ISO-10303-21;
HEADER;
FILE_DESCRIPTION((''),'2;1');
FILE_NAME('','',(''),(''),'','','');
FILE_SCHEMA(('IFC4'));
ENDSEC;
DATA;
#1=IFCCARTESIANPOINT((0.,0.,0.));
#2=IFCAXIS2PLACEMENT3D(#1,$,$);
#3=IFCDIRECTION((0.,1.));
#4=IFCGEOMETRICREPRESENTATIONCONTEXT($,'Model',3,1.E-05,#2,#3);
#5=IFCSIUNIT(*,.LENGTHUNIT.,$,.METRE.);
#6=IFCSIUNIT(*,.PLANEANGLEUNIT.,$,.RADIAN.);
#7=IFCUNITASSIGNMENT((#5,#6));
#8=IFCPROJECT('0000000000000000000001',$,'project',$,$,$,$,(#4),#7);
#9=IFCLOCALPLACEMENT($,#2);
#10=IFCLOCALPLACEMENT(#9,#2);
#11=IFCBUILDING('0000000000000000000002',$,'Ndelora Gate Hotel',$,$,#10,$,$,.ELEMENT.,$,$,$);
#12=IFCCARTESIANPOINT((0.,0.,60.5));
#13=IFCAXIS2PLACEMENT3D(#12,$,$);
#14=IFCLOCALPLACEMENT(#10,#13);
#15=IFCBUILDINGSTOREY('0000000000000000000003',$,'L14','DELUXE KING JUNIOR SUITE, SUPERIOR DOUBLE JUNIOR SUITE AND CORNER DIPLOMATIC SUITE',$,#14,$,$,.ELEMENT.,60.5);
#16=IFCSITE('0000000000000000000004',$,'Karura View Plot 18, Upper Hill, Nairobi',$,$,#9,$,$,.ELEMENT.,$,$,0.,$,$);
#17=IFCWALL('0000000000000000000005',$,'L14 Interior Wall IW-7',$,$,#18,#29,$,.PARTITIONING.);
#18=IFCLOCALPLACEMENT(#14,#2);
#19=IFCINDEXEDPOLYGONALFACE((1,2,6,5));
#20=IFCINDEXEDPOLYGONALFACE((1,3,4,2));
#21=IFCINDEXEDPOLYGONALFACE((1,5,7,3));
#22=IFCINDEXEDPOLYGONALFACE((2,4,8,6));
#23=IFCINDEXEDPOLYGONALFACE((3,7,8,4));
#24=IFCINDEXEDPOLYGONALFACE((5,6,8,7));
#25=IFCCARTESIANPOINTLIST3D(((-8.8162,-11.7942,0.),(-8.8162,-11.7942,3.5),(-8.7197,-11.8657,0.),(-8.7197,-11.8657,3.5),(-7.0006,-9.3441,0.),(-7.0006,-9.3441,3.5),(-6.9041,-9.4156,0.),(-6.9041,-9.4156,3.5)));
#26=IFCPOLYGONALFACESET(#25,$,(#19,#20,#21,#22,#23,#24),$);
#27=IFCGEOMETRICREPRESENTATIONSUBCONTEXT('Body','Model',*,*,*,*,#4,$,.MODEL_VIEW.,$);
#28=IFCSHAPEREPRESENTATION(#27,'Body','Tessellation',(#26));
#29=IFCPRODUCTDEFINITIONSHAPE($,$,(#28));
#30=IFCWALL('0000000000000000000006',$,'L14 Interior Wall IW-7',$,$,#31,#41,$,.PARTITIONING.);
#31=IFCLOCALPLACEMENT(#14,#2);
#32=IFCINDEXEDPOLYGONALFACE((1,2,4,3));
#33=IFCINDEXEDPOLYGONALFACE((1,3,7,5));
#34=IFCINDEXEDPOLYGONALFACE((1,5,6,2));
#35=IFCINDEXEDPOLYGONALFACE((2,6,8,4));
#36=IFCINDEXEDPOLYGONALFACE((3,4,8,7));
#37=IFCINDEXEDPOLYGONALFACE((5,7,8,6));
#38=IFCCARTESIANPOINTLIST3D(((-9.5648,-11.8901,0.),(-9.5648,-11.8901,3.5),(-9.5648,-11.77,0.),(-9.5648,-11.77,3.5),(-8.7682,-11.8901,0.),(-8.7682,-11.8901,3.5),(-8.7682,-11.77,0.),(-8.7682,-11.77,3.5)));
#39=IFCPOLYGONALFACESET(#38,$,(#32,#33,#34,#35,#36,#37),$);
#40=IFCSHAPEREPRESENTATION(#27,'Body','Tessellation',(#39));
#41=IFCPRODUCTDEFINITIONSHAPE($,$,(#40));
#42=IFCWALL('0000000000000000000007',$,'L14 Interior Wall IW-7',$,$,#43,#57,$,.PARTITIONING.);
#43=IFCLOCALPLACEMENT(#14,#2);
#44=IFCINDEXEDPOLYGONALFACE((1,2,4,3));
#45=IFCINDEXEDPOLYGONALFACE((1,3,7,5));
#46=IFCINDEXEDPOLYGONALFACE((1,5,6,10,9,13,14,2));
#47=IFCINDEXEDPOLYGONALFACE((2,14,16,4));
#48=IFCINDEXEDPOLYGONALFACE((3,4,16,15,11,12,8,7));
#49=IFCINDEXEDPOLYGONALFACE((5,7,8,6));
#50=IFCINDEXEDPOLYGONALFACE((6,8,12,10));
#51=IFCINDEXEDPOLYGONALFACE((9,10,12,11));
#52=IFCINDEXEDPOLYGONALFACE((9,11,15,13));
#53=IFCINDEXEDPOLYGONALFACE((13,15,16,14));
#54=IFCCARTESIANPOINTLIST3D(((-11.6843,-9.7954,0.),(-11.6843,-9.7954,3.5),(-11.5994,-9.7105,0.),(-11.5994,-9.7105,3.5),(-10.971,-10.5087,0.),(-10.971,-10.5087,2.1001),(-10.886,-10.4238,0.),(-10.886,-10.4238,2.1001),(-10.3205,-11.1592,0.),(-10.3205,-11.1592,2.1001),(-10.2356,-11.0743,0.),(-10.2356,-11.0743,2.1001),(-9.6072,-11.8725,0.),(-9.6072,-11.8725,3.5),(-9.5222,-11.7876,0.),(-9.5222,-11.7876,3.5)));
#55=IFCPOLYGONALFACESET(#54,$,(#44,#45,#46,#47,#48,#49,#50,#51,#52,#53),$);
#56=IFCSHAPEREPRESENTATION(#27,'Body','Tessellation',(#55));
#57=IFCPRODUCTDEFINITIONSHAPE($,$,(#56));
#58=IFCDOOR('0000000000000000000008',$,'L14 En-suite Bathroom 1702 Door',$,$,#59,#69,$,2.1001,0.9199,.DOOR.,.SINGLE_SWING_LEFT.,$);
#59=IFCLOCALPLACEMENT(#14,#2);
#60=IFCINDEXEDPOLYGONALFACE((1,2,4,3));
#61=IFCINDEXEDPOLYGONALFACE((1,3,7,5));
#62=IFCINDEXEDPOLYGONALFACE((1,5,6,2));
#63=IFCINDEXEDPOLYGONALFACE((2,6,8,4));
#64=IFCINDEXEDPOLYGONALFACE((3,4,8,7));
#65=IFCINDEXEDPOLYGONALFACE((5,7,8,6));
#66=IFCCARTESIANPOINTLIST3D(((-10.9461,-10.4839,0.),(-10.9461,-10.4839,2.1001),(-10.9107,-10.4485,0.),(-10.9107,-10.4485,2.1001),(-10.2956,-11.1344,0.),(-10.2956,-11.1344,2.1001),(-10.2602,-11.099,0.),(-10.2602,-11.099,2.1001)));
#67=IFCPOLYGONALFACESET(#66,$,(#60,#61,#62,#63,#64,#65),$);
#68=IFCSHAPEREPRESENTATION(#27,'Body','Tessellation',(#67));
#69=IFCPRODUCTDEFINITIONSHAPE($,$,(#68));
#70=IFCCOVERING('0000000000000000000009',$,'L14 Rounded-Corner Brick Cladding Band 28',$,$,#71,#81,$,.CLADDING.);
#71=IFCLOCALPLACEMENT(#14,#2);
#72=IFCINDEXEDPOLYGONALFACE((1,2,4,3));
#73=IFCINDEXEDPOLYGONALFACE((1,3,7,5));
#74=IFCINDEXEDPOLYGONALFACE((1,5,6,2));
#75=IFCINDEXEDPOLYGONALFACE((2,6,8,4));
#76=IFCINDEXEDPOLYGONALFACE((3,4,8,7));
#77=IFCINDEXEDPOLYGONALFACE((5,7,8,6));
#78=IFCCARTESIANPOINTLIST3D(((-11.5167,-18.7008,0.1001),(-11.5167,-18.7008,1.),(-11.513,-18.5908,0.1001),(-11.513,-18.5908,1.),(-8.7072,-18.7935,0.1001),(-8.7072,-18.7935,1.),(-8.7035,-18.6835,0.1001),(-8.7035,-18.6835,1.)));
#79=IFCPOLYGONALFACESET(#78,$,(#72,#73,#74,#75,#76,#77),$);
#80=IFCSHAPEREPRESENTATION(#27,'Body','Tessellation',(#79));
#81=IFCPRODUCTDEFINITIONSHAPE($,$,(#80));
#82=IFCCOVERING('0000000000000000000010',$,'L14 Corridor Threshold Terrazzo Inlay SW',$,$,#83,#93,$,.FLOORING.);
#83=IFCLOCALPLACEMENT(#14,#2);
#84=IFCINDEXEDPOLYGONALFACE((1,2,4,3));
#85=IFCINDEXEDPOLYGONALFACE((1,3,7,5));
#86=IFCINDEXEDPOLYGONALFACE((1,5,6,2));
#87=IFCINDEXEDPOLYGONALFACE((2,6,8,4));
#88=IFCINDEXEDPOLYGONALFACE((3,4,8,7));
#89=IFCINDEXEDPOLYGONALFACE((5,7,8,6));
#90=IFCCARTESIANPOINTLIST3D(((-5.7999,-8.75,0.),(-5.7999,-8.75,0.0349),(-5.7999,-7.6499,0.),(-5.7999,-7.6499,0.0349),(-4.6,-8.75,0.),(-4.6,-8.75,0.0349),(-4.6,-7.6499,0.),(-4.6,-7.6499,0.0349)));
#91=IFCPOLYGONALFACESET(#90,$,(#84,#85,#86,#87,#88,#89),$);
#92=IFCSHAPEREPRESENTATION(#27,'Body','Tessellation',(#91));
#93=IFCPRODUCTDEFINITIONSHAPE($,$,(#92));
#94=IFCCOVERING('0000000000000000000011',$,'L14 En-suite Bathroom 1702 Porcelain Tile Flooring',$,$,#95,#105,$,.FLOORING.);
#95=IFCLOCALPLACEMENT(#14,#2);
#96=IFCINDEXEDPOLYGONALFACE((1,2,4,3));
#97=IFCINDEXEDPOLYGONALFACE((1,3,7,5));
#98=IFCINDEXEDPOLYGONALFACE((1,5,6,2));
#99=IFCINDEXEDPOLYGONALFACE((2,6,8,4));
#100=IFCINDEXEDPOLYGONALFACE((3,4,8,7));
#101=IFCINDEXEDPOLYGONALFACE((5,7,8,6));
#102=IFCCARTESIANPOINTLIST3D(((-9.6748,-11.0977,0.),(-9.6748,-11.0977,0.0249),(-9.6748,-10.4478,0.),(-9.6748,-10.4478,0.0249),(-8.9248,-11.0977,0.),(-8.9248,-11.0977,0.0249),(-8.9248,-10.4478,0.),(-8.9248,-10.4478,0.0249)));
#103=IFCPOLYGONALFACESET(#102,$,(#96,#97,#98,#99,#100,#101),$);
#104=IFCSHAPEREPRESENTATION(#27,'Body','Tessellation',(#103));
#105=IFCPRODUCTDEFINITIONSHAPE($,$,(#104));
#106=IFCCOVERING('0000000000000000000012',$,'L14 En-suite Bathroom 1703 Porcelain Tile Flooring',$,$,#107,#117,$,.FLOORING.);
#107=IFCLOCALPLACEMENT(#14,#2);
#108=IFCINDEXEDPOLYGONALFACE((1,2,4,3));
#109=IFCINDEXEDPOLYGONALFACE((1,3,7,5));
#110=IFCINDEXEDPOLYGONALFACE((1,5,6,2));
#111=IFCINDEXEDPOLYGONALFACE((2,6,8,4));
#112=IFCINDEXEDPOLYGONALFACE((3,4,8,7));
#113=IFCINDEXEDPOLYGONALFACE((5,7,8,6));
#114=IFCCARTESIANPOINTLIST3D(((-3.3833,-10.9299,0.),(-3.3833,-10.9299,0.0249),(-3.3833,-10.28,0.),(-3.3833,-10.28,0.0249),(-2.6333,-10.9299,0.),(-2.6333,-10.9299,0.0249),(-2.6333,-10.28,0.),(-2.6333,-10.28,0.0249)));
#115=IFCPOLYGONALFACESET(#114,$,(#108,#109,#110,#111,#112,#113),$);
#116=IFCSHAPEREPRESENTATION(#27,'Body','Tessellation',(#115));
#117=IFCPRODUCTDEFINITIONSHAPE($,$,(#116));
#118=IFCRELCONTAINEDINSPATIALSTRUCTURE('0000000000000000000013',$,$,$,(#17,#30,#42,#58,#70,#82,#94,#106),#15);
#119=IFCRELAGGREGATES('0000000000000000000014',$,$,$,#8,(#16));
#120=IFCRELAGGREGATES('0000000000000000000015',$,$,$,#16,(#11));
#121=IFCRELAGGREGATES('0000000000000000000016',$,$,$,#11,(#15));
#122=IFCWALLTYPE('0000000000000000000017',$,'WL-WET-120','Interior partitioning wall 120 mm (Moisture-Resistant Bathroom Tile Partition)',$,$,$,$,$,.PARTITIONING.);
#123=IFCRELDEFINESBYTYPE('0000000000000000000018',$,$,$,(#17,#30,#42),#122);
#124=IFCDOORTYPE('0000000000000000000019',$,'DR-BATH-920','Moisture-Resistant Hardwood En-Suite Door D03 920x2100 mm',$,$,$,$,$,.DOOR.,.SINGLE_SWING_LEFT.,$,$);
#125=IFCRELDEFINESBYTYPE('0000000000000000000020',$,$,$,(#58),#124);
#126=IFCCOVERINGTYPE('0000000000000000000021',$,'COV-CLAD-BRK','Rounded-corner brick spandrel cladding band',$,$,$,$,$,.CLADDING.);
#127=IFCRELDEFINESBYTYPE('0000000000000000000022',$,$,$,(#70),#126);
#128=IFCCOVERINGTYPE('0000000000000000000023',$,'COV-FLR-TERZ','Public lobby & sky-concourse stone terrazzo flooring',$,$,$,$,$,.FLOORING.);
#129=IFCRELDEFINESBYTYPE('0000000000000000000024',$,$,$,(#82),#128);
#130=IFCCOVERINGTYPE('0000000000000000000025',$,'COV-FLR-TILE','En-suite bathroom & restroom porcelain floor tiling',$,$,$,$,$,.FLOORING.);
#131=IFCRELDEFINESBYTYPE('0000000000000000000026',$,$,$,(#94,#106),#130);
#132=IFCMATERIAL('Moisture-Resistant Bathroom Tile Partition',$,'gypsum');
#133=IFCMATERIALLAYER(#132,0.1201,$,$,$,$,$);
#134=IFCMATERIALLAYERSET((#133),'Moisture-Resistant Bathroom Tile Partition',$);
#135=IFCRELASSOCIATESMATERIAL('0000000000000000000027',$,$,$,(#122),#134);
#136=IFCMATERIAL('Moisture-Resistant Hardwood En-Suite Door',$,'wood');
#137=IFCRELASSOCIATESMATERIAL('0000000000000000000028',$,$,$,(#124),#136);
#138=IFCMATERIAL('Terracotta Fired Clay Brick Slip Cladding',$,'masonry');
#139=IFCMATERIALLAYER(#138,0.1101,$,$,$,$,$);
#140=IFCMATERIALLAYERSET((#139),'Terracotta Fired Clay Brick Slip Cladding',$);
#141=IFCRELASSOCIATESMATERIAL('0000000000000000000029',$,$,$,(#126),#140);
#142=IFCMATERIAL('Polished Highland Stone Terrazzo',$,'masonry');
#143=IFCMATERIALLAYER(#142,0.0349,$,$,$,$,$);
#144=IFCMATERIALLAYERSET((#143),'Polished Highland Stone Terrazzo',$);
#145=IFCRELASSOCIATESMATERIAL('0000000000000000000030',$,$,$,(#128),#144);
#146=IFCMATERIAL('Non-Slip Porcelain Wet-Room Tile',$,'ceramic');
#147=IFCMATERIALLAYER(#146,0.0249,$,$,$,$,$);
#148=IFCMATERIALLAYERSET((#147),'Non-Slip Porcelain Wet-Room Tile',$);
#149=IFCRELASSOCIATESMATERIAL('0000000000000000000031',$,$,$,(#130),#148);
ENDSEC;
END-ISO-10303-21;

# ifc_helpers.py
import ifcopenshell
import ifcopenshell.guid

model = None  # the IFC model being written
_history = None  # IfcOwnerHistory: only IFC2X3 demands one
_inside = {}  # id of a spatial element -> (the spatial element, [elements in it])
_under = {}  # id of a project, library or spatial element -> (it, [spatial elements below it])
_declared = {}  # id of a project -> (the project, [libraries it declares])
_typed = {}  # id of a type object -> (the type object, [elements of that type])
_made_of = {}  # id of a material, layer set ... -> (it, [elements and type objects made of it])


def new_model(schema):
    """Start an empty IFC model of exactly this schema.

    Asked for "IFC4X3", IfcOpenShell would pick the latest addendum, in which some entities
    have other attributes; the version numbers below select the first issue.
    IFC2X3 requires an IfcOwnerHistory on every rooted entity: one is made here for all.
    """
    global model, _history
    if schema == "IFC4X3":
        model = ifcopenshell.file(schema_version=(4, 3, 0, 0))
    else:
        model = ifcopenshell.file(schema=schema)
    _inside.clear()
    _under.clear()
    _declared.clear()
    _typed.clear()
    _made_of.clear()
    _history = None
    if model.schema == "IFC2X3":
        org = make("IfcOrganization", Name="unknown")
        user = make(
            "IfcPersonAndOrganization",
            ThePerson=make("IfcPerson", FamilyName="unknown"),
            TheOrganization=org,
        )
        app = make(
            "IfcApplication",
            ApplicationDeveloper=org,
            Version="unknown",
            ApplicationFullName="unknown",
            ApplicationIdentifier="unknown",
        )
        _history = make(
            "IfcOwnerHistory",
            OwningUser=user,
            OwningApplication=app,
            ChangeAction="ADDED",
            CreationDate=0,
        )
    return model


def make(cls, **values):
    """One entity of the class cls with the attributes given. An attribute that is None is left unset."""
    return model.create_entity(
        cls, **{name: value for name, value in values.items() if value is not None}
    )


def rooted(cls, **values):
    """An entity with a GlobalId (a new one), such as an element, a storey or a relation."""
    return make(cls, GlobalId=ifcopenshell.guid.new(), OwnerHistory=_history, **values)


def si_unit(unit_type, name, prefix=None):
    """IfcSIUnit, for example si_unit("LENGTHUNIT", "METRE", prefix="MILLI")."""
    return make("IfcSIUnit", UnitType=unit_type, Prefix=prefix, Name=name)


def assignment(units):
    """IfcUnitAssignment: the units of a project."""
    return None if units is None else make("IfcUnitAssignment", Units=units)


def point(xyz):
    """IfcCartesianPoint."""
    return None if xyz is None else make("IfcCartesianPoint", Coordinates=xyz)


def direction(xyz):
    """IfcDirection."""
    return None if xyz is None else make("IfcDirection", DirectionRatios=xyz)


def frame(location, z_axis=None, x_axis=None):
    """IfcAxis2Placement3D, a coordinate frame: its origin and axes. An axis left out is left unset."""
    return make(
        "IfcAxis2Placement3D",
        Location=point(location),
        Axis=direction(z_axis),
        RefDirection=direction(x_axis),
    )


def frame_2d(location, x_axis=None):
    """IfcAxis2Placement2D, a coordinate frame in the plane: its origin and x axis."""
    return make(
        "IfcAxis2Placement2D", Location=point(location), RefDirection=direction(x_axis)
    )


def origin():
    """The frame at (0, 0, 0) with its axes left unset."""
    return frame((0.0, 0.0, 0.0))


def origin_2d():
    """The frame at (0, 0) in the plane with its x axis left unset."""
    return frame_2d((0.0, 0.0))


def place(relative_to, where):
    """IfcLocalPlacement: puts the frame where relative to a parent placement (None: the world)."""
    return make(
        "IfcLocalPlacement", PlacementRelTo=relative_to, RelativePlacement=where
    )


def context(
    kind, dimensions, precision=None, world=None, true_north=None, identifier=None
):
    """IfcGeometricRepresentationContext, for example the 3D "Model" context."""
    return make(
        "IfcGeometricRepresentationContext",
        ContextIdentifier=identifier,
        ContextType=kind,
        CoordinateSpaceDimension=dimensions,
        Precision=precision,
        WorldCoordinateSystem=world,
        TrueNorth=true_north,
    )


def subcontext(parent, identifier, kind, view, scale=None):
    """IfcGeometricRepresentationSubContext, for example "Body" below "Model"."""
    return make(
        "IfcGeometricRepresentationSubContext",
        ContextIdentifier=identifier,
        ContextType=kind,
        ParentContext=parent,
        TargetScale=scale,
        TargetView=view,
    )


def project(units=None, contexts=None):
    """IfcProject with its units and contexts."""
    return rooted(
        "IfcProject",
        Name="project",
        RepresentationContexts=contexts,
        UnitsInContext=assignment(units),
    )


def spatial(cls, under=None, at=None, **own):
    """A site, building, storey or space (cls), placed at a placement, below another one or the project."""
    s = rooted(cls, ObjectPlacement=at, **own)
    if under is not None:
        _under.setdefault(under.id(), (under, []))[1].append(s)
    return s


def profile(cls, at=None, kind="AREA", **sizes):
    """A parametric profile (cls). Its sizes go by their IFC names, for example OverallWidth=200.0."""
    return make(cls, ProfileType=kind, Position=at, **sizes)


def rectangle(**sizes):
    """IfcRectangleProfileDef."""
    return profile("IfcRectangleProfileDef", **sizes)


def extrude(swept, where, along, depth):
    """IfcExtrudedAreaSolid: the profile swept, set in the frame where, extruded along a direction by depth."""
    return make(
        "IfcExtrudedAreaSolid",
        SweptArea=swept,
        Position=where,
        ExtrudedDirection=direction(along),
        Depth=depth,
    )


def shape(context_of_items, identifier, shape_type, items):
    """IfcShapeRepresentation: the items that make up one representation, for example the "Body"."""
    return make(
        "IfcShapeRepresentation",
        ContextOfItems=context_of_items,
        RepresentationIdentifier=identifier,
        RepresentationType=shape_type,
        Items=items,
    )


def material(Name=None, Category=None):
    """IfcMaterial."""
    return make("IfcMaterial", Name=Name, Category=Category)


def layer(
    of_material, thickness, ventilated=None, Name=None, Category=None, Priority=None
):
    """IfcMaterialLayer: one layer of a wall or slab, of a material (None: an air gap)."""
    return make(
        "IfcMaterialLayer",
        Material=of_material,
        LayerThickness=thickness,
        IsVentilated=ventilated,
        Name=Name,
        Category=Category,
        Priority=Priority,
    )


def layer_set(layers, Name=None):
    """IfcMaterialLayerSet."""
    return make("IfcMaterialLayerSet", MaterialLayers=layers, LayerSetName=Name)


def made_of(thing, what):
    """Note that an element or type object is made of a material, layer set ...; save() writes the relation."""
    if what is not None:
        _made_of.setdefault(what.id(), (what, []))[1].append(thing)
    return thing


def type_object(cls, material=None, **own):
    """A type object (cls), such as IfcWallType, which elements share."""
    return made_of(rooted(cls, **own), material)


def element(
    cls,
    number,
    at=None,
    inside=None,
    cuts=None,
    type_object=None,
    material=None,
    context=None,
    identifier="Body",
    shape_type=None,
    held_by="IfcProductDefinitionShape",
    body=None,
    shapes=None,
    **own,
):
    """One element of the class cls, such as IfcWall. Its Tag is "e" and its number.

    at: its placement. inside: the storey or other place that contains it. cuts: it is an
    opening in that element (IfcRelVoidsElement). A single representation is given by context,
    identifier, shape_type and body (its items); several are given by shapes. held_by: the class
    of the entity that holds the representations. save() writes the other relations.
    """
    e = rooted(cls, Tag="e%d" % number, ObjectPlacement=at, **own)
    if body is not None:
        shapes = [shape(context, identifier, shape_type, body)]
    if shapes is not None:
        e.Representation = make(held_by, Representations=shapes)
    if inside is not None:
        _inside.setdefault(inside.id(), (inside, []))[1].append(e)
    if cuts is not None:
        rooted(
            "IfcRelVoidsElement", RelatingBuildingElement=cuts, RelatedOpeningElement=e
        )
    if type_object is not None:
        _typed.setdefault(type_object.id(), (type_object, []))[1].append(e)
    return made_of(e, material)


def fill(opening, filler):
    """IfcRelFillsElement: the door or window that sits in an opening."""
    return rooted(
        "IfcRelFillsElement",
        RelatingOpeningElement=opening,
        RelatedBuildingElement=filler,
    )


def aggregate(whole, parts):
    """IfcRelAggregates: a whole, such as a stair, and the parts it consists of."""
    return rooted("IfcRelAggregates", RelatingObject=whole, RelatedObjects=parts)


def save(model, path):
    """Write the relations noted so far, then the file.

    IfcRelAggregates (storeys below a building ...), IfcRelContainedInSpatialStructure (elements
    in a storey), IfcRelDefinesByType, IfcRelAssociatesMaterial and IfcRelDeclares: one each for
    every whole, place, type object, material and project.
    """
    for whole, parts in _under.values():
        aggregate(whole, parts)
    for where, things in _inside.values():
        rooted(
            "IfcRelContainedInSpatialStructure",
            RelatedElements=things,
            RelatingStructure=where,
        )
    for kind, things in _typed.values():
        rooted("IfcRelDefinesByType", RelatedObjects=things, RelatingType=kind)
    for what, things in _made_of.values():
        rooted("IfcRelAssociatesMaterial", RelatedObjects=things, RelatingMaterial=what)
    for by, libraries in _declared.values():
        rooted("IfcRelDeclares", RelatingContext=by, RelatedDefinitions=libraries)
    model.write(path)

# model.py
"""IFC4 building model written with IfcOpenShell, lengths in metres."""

from ifc_helpers import new_model, si_unit, direction, frame, frame_2d, origin, origin_2d, place, context, subcontext, project, spatial, rectangle, extrude, material, layer, layer_set, type_object, element, fill, save


model = new_model("IFC4")

# Units and contexts
model_context = context("Model", 3, precision=1e-05, world=origin(), true_north=direction((0.0, 1.0)))
body_context = subcontext(model_context, "Body", "Model", "MODEL_VIEW")
ifc_project = project(units=[si_unit("LENGTHUNIT", "METRE"), si_unit("PLANEANGLEUNIT", "RADIAN")], contexts=[model_context])

# Site, building, storey
site_placement = place(None, origin())
site = spatial("IfcSite", under=ifc_project, at=site_placement, Name="Karura View Plot 18, Upper Hill, Nairobi", CompositionType="ELEMENT", RefElevation=0.0)
building_placement = place(site_placement, origin())
building = spatial("IfcBuilding", under=site, at=building_placement, Name="Ndelora Gate Hotel", CompositionType="ELEMENT")
storey_placement = place(building_placement, frame((0.0, 0.0, 60.5)))
storey = spatial("IfcBuildingStorey", under=building, at=storey_placement, Name="L14", Description="DELUXE KING JUNIOR SUITE, SUPERIOR DOUBLE JUNIOR SUITE AND CORNER DIPLOMATIC SUITE", CompositionType="ELEMENT", Elevation=60.5)

# Walls
ifc_material_1 = material(Name="Moisture-Resistant Bathroom Tile Partition", Category="gypsum")
ifc_layer_1 = layer(ifc_material_1, 0.1201)
ifc_layer_set_1 = layer_set([ifc_layer_1], Name="Moisture-Resistant Bathroom Tile Partition")
wall_type_1 = type_object("IfcWallType", Name="WL-WET-120", Description="Interior partitioning wall 120 mm (Moisture-Resistant Bathroom Tile Partition)", PredefinedType="PARTITIONING", material=ifc_layer_set_1)
wall_1_placement = place(storey_placement, frame((-8.7681, -11.8301, 0.0), z_axis=(0.0, 0.0, 1.0), x_axis=(0.595379, 0.803445, 0.0)))
element("IfcWall", 1, at=wall_1_placement, inside=storey, type_object=wall_type_1, Name="L14 Interior Wall IW-7", PredefinedType="PARTITIONING", context=body_context, shape_type="SweptSolid", body=[
    extrude(rectangle(XDim=3.0496, YDim=0.1201, at=frame_2d((1.5249, 0.0))), origin(), (0.0, 0.0, 1.0), 3.5),
])
wall_2_placement = place(storey_placement, frame((-8.7681, -11.8301, 0.0), z_axis=(0.0, 0.0, 1.0), x_axis=(-1.0, 0.0, 0.0)))
element("IfcWall", 2, at=wall_2_placement, inside=storey, type_object=wall_type_1, Name="L14 Interior Wall IW-7", PredefinedType="PARTITIONING", context=body_context, shape_type="SweptSolid", body=[
    extrude(rectangle(XDim=0.7966, YDim=0.1201, at=frame_2d((0.3984, 0.0))), origin(), (0.0, 0.0, 1.0), 3.5),
])

# Wall, opening, door
wall_3_placement = place(storey_placement, frame((-9.5647, -11.8301, 0.0), z_axis=(0.0, 0.0, 1.0), x_axis=(-0.707107, 0.707107, 0.0)))
wall_3 = element("IfcWall", 3, at=wall_3_placement, inside=storey, type_object=wall_type_1, Name="L14 Interior Wall IW-7", PredefinedType="PARTITIONING", context=body_context, shape_type="SweptSolid", body=[
    extrude(rectangle(XDim=2.9375, YDim=0.1201, at=frame_2d((1.4688, 0.0))), origin(), (0.0, 0.0, 1.0), 3.5),
])
opening_1_placement = place(wall_3_placement, frame((1.0088, 0.0, 0.0)))
opening_1 = element("IfcOpeningElement", 4, at=opening_1_placement, cuts=wall_3, PredefinedType="OPENING", context=body_context, shape_type="SweptSolid", body=[
    extrude(rectangle(XDim=0.9199, YDim=2.1001, at=frame_2d((0.46, 1.05))), frame((0.0, 0.0701, 0.0), z_axis=(0.0, -1.0, 0.0), x_axis=(1.0, 0.0, 0.0)), (0.0, 0.0, 1.0), 0.1401),
])
ifc_material_2 = material(Name="Moisture-Resistant Hardwood En-Suite Door", Category="wood")
door_type_1 = type_object("IfcDoorType", Name="DR-BATH-920", Description="Moisture-Resistant Hardwood En-Suite Door D03 920x2100 mm", OperationType="SINGLE_SWING_LEFT", PredefinedType="DOOR", material=ifc_material_2)
door_1_placement = place(opening_1_placement, origin())
door_1 = element("IfcDoor", 5, at=door_1_placement, inside=storey, type_object=door_type_1, Name="L14 En-suite Bathroom 1702 Door", OperationType="SINGLE_SWING_LEFT", OverallHeight=2.1001, OverallWidth=0.9199, PredefinedType="DOOR", context=body_context, shape_type="SweptSolid", body=[
    extrude(rectangle(XDim=0.9199, YDim=2.1001, at=frame_2d((0.46, 1.05))), frame((0.0, 0.0249, 0.0), z_axis=(0.0, -1.0, 0.0), x_axis=(1.0, 0.0, 0.0)), (0.0, 0.0, 1.0), 0.05),
])
fill(opening_1, door_1)

# Coverings
ifc_material_3 = material(Name="Terracotta Fired Clay Brick Slip Cladding", Category="masonry")
ifc_layer_2 = layer(ifc_material_3, 0.1101)
ifc_layer_set_2 = layer_set([ifc_layer_2], Name="Terracotta Fired Clay Brick Slip Cladding")
covering_type_1 = type_object("IfcCoveringType", Name="COV-CLAD-BRK", Description="Rounded-corner brick spandrel cladding band", PredefinedType="CLADDING", material=ifc_layer_set_2)
covering_1_placement = place(storey_placement, frame((-10.1101, -18.6921, 0.1001), z_axis=(0.0, 0.0, 1.0), x_axis=(-0.999456, 0.032981, 0.0)))
element("IfcCovering", 6, at=covering_1_placement, inside=storey, type_object=covering_type_1, Name="L14 Rounded-Corner Brick Cladding Band 28", PredefinedType="CLADDING", context=body_context, shape_type="SweptSolid", body=[
    extrude(rectangle(XDim=2.811, YDim=0.1101, at=origin_2d()), origin(), (0.0, 0.0, 1.0), 0.8999),
])
ifc_material_4 = material(Name="Polished Highland Stone Terrazzo", Category="masonry")
ifc_layer_3 = layer(ifc_material_4, 0.0349)
ifc_layer_set_3 = layer_set([ifc_layer_3], Name="Polished Highland Stone Terrazzo")
covering_type_2 = type_object("IfcCoveringType", Name="COV-FLR-TERZ", Description="Public lobby & sky-concourse stone terrazzo flooring", PredefinedType="FLOORING", material=ifc_layer_set_3)
covering_2_placement = place(storey_placement, frame((-5.2, -8.2, 0.0), z_axis=(0.0, 0.0, 1.0), x_axis=(1.0, 0.0, 0.0)))
element("IfcCovering", 7, at=covering_2_placement, inside=storey, type_object=covering_type_2, Name="L14 Corridor Threshold Terrazzo Inlay SW", PredefinedType="FLOORING", context=body_context, shape_type="SweptSolid", body=[
    extrude(rectangle(XDim=1.2, YDim=1.1001, at=origin_2d()), origin(), (0.0, 0.0, 1.0), 0.0349),
])
ifc_material_5 = material(Name="Non-Slip Porcelain Wet-Room Tile", Category="ceramic")
ifc_layer_4 = layer(ifc_material_5, 0.0249)
ifc_layer_set_4 = layer_set([ifc_layer_4], Name="Non-Slip Porcelain Wet-Room Tile")
covering_type_3 = type_object("IfcCoveringType", Name="COV-FLR-TILE", Description="En-suite bathroom & restroom porcelain floor tiling", PredefinedType="FLOORING", material=ifc_layer_set_4)
for number, where, z_axis, x_axis, name in (
    (8, (-9.2998, -10.7727, 0.0), (0.0, 0.0, 1.0), (1.0, 0.0, 0.0), "L14 En-suite Bathroom 1702 Porcelain Tile Flooring"),
    (9, (-3.0083, -10.605, 0.0), (0.0, 0.0, 1.0), (1.0, 0.0, 0.0), "L14 En-suite Bathroom 1703 Porcelain Tile Flooring"),
):
    element("IfcCovering", number, at=place(storey_placement, frame(where, z_axis=z_axis, x_axis=x_axis)), inside=storey, type_object=covering_type_3, Name=name, PredefinedType="FLOORING", context=body_context, shape_type="SweptSolid", body=[
        extrude(rectangle(XDim=0.75, YDim=0.6499, at=origin_2d()), origin(), (0.0, 0.0, 1.0), 0.0249),
    ])

save(model, "model.ifc")
